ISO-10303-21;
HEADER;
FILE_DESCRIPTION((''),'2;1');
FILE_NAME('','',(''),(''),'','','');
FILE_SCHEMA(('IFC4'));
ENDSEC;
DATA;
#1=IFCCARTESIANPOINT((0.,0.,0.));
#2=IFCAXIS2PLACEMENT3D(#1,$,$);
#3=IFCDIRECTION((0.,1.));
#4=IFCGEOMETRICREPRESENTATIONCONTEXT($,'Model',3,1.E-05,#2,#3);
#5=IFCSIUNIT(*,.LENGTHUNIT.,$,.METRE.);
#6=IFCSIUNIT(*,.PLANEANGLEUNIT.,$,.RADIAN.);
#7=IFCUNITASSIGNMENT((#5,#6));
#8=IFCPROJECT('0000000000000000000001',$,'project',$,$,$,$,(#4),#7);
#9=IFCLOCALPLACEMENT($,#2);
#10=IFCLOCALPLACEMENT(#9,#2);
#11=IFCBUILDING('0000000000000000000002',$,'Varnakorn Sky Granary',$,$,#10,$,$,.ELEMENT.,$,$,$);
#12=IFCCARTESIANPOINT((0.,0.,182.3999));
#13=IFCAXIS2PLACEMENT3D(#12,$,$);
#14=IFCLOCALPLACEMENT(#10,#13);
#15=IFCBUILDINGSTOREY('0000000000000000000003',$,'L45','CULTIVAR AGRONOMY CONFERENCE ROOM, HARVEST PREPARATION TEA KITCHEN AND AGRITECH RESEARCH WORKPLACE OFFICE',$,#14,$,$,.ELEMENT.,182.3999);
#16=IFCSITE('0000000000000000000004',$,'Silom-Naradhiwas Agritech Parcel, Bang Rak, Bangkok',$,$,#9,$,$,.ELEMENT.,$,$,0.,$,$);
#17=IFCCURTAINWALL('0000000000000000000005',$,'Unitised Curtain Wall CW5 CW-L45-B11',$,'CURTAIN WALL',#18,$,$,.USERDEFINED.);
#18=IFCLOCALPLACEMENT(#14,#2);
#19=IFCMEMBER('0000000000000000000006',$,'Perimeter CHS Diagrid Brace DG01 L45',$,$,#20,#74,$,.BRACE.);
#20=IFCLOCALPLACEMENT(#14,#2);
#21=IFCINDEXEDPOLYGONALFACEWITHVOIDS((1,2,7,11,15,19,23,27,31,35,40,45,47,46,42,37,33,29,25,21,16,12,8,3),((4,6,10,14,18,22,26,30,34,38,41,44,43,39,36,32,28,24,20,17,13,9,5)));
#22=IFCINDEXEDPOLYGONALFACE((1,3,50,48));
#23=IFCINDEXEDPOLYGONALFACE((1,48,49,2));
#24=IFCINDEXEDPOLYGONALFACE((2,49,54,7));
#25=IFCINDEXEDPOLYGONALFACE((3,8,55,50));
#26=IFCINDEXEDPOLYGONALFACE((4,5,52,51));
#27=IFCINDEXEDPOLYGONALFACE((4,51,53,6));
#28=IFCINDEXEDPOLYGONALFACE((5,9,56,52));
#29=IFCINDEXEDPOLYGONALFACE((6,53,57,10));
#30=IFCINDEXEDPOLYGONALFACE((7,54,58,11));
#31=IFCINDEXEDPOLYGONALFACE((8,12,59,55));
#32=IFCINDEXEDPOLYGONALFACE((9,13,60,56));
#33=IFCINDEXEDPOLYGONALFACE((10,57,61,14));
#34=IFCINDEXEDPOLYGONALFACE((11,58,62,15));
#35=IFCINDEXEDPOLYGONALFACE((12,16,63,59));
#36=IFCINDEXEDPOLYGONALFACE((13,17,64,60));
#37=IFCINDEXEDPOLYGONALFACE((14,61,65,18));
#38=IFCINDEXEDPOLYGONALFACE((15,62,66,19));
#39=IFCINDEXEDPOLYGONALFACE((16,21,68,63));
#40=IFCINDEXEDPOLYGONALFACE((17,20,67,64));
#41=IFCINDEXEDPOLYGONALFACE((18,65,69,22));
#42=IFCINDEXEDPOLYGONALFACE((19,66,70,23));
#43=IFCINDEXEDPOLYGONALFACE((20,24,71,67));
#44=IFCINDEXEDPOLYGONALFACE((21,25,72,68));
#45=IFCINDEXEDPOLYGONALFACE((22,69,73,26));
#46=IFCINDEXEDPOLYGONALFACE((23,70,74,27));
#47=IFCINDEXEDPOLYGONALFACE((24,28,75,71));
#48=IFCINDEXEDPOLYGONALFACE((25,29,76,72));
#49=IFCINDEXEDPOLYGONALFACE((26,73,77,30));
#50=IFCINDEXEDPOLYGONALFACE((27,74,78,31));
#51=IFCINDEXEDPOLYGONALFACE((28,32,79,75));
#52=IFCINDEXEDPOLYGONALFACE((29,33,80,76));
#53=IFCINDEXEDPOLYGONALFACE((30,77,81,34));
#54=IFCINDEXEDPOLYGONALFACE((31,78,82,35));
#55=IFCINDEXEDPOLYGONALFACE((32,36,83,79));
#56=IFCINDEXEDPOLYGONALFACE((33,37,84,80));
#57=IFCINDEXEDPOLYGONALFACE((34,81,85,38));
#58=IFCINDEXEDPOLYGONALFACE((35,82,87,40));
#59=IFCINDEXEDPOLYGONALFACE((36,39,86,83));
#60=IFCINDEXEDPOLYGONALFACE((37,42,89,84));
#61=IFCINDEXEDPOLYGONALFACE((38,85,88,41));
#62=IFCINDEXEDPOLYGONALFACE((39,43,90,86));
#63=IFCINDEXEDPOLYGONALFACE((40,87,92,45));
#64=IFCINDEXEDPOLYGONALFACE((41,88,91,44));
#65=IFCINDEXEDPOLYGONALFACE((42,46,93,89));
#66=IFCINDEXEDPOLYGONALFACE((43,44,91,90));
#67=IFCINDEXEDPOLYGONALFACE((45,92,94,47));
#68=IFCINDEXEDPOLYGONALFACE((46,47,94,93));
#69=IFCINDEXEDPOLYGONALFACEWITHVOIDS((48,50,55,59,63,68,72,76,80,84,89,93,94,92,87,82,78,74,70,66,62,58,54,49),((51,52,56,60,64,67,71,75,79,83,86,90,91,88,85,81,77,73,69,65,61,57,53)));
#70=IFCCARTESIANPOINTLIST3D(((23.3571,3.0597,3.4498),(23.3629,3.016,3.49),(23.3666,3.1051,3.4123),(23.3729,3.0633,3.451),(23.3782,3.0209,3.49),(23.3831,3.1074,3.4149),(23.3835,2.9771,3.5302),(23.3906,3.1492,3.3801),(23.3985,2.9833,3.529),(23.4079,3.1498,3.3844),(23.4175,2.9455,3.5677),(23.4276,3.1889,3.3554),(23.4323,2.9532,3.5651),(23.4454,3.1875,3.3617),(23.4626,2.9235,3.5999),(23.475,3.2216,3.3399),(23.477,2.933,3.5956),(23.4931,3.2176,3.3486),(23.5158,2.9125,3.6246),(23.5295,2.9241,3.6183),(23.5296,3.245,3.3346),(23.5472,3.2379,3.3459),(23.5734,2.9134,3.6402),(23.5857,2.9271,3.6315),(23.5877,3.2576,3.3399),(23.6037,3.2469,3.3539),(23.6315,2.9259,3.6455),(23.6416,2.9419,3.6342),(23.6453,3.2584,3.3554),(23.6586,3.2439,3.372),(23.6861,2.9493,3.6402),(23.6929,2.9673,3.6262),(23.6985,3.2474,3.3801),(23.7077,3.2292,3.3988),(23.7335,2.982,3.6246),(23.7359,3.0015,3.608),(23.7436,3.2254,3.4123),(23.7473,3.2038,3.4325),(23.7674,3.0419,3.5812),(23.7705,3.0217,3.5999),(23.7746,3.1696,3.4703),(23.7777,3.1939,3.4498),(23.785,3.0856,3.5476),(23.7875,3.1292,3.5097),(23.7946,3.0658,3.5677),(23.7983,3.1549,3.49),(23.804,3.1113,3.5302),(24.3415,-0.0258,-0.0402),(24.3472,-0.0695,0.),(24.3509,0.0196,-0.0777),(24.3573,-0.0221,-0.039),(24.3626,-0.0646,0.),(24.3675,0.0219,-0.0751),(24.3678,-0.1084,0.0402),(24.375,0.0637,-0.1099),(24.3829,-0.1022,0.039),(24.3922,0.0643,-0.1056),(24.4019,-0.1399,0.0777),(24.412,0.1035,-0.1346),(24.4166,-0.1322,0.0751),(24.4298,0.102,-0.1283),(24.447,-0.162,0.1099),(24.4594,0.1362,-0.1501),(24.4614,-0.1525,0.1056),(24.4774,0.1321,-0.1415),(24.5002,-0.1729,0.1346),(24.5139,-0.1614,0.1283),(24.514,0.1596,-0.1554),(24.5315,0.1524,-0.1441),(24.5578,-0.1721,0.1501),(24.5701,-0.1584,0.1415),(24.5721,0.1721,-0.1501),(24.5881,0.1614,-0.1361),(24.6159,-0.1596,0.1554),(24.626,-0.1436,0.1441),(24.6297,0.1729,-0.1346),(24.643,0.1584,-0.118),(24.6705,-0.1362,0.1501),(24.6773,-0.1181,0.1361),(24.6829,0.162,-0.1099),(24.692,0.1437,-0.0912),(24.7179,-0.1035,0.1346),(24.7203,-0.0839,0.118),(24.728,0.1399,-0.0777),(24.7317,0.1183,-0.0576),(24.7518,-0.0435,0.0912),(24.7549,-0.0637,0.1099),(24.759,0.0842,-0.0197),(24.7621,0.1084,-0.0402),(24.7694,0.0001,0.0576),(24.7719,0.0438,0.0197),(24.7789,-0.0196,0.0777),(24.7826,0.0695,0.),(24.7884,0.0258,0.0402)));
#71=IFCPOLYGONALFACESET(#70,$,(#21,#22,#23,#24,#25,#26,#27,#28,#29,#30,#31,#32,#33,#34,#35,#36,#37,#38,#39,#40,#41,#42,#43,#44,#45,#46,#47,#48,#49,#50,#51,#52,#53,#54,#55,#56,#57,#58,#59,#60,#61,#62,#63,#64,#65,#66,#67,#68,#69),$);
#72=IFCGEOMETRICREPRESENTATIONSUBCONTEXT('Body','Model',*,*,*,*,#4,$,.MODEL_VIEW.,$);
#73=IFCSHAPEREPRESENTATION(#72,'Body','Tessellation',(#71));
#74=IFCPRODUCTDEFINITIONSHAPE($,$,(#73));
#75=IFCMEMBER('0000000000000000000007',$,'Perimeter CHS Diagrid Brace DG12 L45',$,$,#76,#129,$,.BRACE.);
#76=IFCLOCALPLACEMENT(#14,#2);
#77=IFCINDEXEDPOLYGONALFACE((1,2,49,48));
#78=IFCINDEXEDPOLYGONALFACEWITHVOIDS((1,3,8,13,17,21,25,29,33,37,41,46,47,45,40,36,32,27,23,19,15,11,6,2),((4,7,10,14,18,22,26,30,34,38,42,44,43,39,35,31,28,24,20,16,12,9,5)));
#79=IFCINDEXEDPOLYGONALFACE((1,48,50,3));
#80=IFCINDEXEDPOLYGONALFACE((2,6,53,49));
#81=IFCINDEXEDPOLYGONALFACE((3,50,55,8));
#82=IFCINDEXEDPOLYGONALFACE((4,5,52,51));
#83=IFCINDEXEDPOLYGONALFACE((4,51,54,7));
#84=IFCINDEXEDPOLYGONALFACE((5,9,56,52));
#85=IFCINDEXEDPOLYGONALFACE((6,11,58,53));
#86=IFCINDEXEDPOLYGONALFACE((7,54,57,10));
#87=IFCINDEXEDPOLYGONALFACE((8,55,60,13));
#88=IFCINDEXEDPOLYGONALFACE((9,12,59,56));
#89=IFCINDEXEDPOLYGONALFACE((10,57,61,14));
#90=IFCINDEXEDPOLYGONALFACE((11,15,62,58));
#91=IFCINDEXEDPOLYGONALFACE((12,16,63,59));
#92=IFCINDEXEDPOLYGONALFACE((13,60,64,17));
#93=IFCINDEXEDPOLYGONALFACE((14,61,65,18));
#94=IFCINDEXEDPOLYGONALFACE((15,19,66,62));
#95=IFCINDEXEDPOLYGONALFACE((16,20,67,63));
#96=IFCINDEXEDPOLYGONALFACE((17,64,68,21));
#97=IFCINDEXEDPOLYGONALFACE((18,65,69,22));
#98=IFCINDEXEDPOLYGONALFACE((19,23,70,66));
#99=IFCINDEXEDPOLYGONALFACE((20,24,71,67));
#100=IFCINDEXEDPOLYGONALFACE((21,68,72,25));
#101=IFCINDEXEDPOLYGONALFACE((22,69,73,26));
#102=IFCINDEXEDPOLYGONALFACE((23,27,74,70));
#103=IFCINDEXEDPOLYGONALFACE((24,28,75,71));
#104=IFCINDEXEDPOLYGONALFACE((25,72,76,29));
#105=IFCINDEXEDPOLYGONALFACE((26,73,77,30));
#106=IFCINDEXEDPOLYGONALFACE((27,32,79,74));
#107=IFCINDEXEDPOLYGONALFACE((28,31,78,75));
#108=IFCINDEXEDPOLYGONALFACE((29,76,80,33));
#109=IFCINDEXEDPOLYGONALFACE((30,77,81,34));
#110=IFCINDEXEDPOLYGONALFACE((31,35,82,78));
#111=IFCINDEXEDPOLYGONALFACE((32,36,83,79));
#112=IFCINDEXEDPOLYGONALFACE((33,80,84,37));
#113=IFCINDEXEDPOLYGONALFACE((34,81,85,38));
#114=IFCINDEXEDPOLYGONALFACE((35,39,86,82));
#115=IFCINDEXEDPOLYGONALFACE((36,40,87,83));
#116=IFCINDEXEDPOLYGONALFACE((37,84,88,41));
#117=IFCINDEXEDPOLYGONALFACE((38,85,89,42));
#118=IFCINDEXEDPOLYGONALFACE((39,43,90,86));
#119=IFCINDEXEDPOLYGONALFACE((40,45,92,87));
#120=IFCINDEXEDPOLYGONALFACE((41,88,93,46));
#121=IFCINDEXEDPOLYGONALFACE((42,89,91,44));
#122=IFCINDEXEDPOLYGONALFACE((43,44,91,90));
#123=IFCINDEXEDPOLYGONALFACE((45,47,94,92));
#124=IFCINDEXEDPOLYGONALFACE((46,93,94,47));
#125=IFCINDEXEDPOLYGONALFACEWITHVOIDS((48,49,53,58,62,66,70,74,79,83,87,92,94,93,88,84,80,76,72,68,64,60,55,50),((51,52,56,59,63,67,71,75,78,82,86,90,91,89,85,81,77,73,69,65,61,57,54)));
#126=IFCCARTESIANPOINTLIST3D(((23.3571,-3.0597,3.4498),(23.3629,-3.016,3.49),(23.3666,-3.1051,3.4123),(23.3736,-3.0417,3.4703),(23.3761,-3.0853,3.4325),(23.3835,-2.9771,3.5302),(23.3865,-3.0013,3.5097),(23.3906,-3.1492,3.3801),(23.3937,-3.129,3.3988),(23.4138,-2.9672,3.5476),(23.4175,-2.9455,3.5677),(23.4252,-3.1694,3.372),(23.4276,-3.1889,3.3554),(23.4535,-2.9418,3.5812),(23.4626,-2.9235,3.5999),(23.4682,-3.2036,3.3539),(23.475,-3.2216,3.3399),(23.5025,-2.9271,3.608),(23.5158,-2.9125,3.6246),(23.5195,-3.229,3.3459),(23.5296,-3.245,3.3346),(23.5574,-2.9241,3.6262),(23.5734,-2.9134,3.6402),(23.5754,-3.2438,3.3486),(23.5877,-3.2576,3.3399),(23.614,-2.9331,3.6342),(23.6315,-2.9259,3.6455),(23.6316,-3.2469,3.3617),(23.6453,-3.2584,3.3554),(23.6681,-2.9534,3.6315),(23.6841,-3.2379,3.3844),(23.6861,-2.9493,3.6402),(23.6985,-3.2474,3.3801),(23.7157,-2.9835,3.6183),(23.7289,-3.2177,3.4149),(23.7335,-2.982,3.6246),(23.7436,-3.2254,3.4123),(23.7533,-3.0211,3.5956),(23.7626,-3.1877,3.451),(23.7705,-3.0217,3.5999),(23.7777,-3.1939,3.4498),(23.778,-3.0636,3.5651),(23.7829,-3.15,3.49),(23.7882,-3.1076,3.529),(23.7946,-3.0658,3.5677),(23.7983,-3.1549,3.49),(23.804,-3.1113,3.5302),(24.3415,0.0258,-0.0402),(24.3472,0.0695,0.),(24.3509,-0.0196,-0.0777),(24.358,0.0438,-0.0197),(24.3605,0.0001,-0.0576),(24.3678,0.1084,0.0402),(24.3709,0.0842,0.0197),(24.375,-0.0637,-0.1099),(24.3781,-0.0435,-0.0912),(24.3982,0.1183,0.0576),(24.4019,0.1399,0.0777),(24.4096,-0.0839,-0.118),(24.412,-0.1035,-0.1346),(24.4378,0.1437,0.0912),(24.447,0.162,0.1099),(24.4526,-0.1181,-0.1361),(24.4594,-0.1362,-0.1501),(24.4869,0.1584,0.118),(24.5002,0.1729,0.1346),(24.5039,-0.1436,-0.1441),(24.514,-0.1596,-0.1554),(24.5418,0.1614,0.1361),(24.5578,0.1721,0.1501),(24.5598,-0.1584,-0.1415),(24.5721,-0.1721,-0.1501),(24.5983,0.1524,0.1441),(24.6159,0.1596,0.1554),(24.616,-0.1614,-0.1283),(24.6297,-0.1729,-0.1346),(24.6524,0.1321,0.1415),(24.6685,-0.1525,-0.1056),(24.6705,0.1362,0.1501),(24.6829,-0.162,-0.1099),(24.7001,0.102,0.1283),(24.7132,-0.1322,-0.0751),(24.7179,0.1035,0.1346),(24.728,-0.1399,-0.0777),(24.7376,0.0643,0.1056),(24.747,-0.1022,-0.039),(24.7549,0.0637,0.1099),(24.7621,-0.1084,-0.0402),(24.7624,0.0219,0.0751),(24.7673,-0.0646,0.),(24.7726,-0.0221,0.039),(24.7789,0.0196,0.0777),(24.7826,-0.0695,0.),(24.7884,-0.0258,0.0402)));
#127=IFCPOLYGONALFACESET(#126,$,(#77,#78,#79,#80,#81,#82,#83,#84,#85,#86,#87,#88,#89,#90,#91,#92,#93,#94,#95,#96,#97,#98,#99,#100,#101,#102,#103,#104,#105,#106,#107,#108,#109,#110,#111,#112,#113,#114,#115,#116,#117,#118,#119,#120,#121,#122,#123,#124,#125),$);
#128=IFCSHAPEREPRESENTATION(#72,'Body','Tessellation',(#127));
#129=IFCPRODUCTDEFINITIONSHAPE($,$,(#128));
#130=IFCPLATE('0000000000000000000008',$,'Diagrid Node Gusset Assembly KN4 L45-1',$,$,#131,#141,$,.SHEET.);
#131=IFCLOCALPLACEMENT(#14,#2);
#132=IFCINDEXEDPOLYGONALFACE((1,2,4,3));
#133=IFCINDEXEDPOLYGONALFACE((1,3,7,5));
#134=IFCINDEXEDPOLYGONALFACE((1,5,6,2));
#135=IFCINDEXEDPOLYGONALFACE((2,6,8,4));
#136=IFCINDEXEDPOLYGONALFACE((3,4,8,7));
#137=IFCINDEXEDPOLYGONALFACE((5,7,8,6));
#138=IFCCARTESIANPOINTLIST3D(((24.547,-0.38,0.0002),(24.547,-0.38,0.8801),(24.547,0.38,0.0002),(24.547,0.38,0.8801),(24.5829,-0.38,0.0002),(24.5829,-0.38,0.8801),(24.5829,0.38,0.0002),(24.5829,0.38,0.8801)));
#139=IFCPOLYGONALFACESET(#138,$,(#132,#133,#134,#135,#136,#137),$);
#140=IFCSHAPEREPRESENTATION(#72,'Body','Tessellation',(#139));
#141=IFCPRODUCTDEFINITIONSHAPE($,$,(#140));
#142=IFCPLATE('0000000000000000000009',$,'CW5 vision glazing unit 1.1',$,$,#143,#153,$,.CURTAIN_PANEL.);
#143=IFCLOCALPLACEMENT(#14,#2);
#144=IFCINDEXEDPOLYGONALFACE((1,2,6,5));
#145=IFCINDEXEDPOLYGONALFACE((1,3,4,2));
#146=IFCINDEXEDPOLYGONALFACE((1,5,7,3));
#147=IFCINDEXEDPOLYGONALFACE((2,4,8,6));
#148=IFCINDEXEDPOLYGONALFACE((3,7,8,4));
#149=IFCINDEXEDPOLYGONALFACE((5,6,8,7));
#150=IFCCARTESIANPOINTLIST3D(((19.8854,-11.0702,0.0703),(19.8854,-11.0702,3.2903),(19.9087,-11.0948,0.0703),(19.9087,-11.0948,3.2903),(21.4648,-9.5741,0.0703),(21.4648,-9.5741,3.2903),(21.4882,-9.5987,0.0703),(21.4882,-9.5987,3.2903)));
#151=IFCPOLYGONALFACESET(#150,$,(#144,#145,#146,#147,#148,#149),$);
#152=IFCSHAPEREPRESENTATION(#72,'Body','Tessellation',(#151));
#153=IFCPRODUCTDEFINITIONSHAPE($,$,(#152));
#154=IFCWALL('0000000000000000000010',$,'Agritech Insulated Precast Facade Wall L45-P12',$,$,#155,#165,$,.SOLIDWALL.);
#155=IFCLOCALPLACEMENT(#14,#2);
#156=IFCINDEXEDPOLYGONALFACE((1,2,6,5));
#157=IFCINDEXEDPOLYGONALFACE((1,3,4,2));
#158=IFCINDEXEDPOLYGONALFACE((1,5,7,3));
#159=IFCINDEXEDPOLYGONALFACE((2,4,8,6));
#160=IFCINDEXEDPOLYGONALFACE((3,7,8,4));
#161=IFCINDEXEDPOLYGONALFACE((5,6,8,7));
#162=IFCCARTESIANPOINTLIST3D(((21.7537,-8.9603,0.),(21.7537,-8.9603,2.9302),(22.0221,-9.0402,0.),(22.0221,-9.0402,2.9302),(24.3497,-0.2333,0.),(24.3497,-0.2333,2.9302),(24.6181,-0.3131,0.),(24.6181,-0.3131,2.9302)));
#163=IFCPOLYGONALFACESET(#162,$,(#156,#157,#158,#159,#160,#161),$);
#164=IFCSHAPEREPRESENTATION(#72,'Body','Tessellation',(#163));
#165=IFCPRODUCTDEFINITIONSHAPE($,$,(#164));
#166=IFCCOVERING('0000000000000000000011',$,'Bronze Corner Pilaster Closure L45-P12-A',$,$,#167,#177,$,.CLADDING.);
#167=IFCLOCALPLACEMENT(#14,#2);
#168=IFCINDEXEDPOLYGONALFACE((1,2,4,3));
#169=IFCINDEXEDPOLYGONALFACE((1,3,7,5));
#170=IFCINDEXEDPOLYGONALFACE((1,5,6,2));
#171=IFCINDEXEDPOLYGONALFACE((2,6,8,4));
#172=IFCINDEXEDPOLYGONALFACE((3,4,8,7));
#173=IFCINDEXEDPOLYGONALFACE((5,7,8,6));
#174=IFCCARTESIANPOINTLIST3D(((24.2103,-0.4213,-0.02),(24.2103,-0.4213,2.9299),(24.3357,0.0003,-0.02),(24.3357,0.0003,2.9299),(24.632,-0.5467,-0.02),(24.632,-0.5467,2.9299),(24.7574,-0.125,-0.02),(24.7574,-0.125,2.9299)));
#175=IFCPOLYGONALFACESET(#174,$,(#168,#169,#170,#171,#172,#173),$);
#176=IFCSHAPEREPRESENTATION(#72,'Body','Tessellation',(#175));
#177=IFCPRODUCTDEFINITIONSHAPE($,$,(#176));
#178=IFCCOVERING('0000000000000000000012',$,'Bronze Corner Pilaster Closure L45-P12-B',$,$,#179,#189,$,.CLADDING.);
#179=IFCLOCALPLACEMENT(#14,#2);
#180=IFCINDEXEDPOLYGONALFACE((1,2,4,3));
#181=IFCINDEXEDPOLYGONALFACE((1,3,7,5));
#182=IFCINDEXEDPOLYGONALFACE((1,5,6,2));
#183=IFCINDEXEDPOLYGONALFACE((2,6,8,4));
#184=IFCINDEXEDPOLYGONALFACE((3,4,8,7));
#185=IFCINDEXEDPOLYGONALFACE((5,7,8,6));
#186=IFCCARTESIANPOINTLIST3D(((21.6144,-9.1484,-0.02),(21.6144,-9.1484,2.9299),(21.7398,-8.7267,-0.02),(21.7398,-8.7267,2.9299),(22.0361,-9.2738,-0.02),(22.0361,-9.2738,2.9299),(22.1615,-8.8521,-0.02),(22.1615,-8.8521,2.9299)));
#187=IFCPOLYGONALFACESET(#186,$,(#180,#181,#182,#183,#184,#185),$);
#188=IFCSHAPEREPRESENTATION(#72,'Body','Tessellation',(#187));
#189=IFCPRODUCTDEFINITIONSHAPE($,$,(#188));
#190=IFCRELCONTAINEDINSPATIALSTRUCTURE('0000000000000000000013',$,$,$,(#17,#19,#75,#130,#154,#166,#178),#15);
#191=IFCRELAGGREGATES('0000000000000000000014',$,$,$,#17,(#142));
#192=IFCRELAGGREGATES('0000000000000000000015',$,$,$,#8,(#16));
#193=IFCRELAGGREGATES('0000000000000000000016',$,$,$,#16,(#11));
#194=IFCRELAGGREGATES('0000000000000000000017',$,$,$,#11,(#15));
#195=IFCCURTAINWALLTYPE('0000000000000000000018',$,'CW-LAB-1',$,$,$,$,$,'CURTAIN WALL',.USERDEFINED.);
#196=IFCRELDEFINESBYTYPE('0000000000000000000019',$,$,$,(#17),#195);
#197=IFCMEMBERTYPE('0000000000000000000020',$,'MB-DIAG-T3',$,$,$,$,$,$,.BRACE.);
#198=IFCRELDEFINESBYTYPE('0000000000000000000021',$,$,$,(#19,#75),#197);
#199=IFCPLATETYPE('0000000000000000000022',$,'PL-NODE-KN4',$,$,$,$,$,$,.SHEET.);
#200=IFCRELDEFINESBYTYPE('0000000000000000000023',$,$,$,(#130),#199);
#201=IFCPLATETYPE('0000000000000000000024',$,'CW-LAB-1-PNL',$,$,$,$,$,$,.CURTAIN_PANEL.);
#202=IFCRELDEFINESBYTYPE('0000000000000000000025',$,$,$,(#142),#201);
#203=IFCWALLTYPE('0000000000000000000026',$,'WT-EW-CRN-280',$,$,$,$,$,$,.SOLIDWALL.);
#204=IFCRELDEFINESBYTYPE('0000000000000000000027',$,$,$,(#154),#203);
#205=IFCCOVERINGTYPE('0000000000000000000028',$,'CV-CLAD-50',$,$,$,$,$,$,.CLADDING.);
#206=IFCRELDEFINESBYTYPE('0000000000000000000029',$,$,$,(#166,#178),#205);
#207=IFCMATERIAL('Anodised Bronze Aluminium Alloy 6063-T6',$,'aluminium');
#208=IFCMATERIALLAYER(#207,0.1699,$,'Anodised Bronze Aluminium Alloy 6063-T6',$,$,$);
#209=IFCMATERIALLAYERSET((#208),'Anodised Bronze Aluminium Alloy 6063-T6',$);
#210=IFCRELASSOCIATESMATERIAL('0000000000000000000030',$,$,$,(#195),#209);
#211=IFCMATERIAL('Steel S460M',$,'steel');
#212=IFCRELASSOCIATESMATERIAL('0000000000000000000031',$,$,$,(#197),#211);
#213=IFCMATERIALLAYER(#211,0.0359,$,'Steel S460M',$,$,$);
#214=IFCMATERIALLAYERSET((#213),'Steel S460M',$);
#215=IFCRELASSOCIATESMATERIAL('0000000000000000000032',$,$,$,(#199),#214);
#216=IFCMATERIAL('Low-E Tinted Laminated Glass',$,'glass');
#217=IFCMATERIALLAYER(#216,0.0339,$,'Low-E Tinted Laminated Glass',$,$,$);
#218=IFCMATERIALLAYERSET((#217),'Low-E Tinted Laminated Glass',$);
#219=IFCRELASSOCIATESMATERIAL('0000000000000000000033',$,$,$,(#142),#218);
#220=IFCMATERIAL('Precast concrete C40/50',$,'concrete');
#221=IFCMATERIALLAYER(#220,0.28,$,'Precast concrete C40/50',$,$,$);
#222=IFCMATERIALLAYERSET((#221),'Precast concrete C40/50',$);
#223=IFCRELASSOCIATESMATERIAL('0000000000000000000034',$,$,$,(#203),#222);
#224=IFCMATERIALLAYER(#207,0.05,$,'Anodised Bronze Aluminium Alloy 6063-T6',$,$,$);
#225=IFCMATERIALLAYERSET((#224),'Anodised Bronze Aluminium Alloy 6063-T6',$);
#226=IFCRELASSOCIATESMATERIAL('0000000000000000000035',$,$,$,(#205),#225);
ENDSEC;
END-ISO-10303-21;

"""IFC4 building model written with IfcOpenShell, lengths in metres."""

from ifc_helpers import new_model, si_unit, direction, frame, frame_2d, origin, origin_2d, place, context, subcontext, project, spatial, rectangle, hollow_circle, extrude, source, transform, mapped, material, layer, layer_set, material_profile, profile_set, type_object, type_shapes, element, aggregate, save


model = new_model("IFC4")

# Units and contexts
model_context = context("Model", 3, precision=1e-05, world=origin(), true_north=direction((0.0, 1.0)))
body_context = subcontext(model_context, "Body", "Model", "MODEL_VIEW")
ifc_project = project(units=[si_unit("LENGTHUNIT", "METRE"), si_unit("PLANEANGLEUNIT", "RADIAN")], contexts=[model_context])

# Site, building, storey
site_placement = place(None, origin())
site = spatial("IfcSite", under=ifc_project, at=site_placement, Name="Silom-Naradhiwas Agritech Parcel, Bang Rak, Bangkok", CompositionType="ELEMENT", RefElevation=0.0)
building_placement = place(site_placement, origin())
building = spatial("IfcBuilding", under=site, at=building_placement, Name="Varnakorn Sky Granary", CompositionType="ELEMENT")
storey_placement = place(building_placement, frame((0.0, 0.0, 182.3999)))
storey = spatial("IfcBuildingStorey", under=building, at=storey_placement, Name="L45", Description="CULTIVAR AGRONOMY CONFERENCE ROOM, HARVEST PREPARATION TEA KITCHEN AND AGRITECH RESEARCH WORKPLACE OFFICE", CompositionType="ELEMENT", Elevation=182.3999)

# Shared definitions
ifc_material_1 = material(Name="Steel S460M", Category="steel")

# Shared definitions
ifc_material_2 = material(Name="Anodised Bronze Aluminium Alloy 6063-T6", Category="aluminium")
ifc_layer_1 = layer(ifc_material_2, 0.1699, Name="Anodised Bronze Aluminium Alloy 6063-T6")
ifc_layer_set_1 = layer_set([ifc_layer_1], Name="Anodised Bronze Aluminium Alloy 6063-T6")
curtain_wall_type = type_object("IfcCurtainWallType", Name="CW-LAB-1", ElementType="CURTAIN WALL", PredefinedType="USERDEFINED", material=ifc_layer_set_1)

# Curtain wall
curtain_wall_1_placement = place(storey_placement, origin())
curtain_wall_1 = element("IfcCurtainWall", 1, at=curtain_wall_1_placement, inside=storey, type_object=curtain_wall_type, Name="Unitised Curtain Wall CW5 CW-L45-B11", ObjectType="CURTAIN WALL", PredefinedType="USERDEFINED")

# Members
ifc_material_profile_1 = material_profile(ifc_material_1, hollow_circle(Radius=0.2285, WallThickness=0.0161, at=origin_2d()), Name="CHS 457x16")
ifc_profile_set_1 = profile_set([ifc_material_profile_1], Name="Steel S460M")
member_type_1 = type_object("IfcMemberType", Name="MB-DIAG-T3", PredefinedType="BRACE", material=ifc_profile_set_1)
for number, where, z_axis, x_axis, name in (
    (2, (24.5649, 0.0, 0.0), (-0.206749, 0.64804, 0.733006), (-0.95269, -0.303944, 0.0), "Perimeter CHS Diagrid Brace DG01 L45"),
    (3, (24.5649, 0.0, 0.0), (-0.206749, -0.64804, 0.733006), (0.95269, -0.303944, 0.0), "Perimeter CHS Diagrid Brace DG12 L45"),
):
    element("IfcMember", number, at=place(storey_placement, frame(where, z_axis=z_axis, x_axis=x_axis)), inside=storey, type_object=member_type_1, Name=name, PredefinedType="BRACE", context=body_context, shape_type="SweptSolid", body=[
        extrude(hollow_circle(Radius=0.2285, WallThickness=0.0161, at=origin_2d()), origin(), (0.0, 0.0, 1.0), 4.7612),
    ])

# Plates
ifc_layer_2 = layer(ifc_material_1, 0.0359, Name="Steel S460M")
ifc_layer_set_2 = layer_set([ifc_layer_2], Name="Steel S460M")
plate_type_1 = type_object("IfcPlateType", Name="PL-NODE-KN4", PredefinedType="SHEET", material=ifc_layer_set_2)
plate_1_placement = place(storey_placement, frame((24.5649, 0.0, 0.0002), z_axis=(0.0, 0.0, 1.0), x_axis=(0.0, 1.0, 0.0)))
element("IfcPlate", 4, at=plate_1_placement, inside=storey, type_object=plate_type_1, Name="Diagrid Node Gusset Assembly KN4 L45-1", PredefinedType="SHEET", context=body_context, shape_type="SweptSolid", body=[
    extrude(rectangle(XDim=0.76, YDim=0.0359, at=origin_2d()), origin(), (0.0, 0.0, 1.0), 0.8799),
])
ifc_material_3 = material(Name="Low-E Tinted Laminated Glass", Category="glass")
ifc_layer_3 = layer(ifc_material_3, 0.0339, Name="Low-E Tinted Laminated Glass")
ifc_layer_set_3 = layer_set([ifc_layer_3], Name="Low-E Tinted Laminated Glass")
plate_type_2 = type_object("IfcPlateType", Name="CW-LAB-1-PNL", PredefinedType="CURTAIN_PANEL")
shared_shape_1 = source(origin(), body_context, "Body", "SweptSolid", [
    extrude(rectangle(XDim=2.1755, YDim=0.0339, at=origin_2d()), origin(), (0.0, 0.0, 1.0), 3.22),
])
type_shapes(plate_type_2, [shared_shape_1])
plate_2_placement = place(storey_placement, frame((20.6868, -10.3345, 0.0703), z_axis=(0.0, 0.0, 1.0), x_axis=(-0.726002, -0.687692, 0.0)))
plate_2 = element("IfcPlate", 5, at=plate_2_placement, type_object=plate_type_2, material=ifc_layer_set_3, Name="CW5 vision glazing unit 1.1", PredefinedType="CURTAIN_PANEL", context=body_context, shape_type="MappedRepresentation", body=[
    mapped(shared_shape_1, transform((0.0, 0.0, 0.0), x_axis=(1.0, 0.0, 0.0), y_axis=(0.0, 1.0, 0.0), z_axis=(0.0, 0.0, 1.0), scale=1.0)),
])
aggregate(curtain_wall_1, [plate_2])

# Wall
ifc_material_4 = material(Name="Precast concrete C40/50", Category="concrete")
ifc_layer_4 = layer(ifc_material_4, 0.28, Name="Precast concrete C40/50")
ifc_layer_set_4 = layer_set([ifc_layer_4], Name="Precast concrete C40/50")
wall_type = type_object("IfcWallType", Name="WT-EW-CRN-280", PredefinedType="SOLIDWALL", material=ifc_layer_set_4)
wall_placement = place(storey_placement, frame((24.4839, -0.2732, 0.0), z_axis=(0.0, 0.0, 1.0), x_axis=(-0.285113, -0.958494, 0.0)))
element("IfcWall", 6, at=wall_placement, inside=storey, type_object=wall_type, Name="Agritech Insulated Precast Facade Wall L45-P12", PredefinedType="SOLIDWALL", context=body_context, shape_type="SweptSolid", body=[
    extrude(rectangle(XDim=9.105, YDim=0.28, at=frame_2d((4.5525, 0.0))), origin(), (0.0, 0.0, 1.0), 2.9302),
])

# Coverings
ifc_layer_5 = layer(ifc_material_2, 0.05, Name="Anodised Bronze Aluminium Alloy 6063-T6")
ifc_layer_set_5 = layer_set([ifc_layer_5], Name="Anodised Bronze Aluminium Alloy 6063-T6")
covering_type = type_object("IfcCoveringType", Name="CV-CLAD-50", PredefinedType="CLADDING", material=ifc_layer_set_5)
shared_shape_2 = source(origin(), body_context, "Body", "SweptSolid", [
    extrude(rectangle(XDim=0.4399, YDim=0.4399, at=origin_2d()), origin(), (0.0, 0.0, 1.0), 2.95),
])
type_shapes(covering_type, [shared_shape_2])
for number, where, z_axis, x_axis, name in (
    (7, (24.4839, -0.2732, -0.02), (0.0, 0.0, 1.0), (-0.285019, -0.958522, 0.0), "Bronze Corner Pilaster Closure L45-P12-A"),
    (8, (21.8879, -9.0002, -0.02), (0.0, 0.0, 1.0), (-0.285019, -0.958522, 0.0), "Bronze Corner Pilaster Closure L45-P12-B"),
):
    element("IfcCovering", number, at=place(storey_placement, frame(where, z_axis=z_axis, x_axis=x_axis)), inside=storey, type_object=covering_type, Name=name, PredefinedType="CLADDING", context=body_context, shape_type="MappedRepresentation", body=[
        mapped(shared_shape_2, transform((0.0, 0.0, 0.0), x_axis=(1.0, 0.0, 0.0), y_axis=(0.0, 1.0, 0.0), z_axis=(0.0, 0.0, 1.0), scale=1.0)),
    ])

save(model, "model.ifc")
